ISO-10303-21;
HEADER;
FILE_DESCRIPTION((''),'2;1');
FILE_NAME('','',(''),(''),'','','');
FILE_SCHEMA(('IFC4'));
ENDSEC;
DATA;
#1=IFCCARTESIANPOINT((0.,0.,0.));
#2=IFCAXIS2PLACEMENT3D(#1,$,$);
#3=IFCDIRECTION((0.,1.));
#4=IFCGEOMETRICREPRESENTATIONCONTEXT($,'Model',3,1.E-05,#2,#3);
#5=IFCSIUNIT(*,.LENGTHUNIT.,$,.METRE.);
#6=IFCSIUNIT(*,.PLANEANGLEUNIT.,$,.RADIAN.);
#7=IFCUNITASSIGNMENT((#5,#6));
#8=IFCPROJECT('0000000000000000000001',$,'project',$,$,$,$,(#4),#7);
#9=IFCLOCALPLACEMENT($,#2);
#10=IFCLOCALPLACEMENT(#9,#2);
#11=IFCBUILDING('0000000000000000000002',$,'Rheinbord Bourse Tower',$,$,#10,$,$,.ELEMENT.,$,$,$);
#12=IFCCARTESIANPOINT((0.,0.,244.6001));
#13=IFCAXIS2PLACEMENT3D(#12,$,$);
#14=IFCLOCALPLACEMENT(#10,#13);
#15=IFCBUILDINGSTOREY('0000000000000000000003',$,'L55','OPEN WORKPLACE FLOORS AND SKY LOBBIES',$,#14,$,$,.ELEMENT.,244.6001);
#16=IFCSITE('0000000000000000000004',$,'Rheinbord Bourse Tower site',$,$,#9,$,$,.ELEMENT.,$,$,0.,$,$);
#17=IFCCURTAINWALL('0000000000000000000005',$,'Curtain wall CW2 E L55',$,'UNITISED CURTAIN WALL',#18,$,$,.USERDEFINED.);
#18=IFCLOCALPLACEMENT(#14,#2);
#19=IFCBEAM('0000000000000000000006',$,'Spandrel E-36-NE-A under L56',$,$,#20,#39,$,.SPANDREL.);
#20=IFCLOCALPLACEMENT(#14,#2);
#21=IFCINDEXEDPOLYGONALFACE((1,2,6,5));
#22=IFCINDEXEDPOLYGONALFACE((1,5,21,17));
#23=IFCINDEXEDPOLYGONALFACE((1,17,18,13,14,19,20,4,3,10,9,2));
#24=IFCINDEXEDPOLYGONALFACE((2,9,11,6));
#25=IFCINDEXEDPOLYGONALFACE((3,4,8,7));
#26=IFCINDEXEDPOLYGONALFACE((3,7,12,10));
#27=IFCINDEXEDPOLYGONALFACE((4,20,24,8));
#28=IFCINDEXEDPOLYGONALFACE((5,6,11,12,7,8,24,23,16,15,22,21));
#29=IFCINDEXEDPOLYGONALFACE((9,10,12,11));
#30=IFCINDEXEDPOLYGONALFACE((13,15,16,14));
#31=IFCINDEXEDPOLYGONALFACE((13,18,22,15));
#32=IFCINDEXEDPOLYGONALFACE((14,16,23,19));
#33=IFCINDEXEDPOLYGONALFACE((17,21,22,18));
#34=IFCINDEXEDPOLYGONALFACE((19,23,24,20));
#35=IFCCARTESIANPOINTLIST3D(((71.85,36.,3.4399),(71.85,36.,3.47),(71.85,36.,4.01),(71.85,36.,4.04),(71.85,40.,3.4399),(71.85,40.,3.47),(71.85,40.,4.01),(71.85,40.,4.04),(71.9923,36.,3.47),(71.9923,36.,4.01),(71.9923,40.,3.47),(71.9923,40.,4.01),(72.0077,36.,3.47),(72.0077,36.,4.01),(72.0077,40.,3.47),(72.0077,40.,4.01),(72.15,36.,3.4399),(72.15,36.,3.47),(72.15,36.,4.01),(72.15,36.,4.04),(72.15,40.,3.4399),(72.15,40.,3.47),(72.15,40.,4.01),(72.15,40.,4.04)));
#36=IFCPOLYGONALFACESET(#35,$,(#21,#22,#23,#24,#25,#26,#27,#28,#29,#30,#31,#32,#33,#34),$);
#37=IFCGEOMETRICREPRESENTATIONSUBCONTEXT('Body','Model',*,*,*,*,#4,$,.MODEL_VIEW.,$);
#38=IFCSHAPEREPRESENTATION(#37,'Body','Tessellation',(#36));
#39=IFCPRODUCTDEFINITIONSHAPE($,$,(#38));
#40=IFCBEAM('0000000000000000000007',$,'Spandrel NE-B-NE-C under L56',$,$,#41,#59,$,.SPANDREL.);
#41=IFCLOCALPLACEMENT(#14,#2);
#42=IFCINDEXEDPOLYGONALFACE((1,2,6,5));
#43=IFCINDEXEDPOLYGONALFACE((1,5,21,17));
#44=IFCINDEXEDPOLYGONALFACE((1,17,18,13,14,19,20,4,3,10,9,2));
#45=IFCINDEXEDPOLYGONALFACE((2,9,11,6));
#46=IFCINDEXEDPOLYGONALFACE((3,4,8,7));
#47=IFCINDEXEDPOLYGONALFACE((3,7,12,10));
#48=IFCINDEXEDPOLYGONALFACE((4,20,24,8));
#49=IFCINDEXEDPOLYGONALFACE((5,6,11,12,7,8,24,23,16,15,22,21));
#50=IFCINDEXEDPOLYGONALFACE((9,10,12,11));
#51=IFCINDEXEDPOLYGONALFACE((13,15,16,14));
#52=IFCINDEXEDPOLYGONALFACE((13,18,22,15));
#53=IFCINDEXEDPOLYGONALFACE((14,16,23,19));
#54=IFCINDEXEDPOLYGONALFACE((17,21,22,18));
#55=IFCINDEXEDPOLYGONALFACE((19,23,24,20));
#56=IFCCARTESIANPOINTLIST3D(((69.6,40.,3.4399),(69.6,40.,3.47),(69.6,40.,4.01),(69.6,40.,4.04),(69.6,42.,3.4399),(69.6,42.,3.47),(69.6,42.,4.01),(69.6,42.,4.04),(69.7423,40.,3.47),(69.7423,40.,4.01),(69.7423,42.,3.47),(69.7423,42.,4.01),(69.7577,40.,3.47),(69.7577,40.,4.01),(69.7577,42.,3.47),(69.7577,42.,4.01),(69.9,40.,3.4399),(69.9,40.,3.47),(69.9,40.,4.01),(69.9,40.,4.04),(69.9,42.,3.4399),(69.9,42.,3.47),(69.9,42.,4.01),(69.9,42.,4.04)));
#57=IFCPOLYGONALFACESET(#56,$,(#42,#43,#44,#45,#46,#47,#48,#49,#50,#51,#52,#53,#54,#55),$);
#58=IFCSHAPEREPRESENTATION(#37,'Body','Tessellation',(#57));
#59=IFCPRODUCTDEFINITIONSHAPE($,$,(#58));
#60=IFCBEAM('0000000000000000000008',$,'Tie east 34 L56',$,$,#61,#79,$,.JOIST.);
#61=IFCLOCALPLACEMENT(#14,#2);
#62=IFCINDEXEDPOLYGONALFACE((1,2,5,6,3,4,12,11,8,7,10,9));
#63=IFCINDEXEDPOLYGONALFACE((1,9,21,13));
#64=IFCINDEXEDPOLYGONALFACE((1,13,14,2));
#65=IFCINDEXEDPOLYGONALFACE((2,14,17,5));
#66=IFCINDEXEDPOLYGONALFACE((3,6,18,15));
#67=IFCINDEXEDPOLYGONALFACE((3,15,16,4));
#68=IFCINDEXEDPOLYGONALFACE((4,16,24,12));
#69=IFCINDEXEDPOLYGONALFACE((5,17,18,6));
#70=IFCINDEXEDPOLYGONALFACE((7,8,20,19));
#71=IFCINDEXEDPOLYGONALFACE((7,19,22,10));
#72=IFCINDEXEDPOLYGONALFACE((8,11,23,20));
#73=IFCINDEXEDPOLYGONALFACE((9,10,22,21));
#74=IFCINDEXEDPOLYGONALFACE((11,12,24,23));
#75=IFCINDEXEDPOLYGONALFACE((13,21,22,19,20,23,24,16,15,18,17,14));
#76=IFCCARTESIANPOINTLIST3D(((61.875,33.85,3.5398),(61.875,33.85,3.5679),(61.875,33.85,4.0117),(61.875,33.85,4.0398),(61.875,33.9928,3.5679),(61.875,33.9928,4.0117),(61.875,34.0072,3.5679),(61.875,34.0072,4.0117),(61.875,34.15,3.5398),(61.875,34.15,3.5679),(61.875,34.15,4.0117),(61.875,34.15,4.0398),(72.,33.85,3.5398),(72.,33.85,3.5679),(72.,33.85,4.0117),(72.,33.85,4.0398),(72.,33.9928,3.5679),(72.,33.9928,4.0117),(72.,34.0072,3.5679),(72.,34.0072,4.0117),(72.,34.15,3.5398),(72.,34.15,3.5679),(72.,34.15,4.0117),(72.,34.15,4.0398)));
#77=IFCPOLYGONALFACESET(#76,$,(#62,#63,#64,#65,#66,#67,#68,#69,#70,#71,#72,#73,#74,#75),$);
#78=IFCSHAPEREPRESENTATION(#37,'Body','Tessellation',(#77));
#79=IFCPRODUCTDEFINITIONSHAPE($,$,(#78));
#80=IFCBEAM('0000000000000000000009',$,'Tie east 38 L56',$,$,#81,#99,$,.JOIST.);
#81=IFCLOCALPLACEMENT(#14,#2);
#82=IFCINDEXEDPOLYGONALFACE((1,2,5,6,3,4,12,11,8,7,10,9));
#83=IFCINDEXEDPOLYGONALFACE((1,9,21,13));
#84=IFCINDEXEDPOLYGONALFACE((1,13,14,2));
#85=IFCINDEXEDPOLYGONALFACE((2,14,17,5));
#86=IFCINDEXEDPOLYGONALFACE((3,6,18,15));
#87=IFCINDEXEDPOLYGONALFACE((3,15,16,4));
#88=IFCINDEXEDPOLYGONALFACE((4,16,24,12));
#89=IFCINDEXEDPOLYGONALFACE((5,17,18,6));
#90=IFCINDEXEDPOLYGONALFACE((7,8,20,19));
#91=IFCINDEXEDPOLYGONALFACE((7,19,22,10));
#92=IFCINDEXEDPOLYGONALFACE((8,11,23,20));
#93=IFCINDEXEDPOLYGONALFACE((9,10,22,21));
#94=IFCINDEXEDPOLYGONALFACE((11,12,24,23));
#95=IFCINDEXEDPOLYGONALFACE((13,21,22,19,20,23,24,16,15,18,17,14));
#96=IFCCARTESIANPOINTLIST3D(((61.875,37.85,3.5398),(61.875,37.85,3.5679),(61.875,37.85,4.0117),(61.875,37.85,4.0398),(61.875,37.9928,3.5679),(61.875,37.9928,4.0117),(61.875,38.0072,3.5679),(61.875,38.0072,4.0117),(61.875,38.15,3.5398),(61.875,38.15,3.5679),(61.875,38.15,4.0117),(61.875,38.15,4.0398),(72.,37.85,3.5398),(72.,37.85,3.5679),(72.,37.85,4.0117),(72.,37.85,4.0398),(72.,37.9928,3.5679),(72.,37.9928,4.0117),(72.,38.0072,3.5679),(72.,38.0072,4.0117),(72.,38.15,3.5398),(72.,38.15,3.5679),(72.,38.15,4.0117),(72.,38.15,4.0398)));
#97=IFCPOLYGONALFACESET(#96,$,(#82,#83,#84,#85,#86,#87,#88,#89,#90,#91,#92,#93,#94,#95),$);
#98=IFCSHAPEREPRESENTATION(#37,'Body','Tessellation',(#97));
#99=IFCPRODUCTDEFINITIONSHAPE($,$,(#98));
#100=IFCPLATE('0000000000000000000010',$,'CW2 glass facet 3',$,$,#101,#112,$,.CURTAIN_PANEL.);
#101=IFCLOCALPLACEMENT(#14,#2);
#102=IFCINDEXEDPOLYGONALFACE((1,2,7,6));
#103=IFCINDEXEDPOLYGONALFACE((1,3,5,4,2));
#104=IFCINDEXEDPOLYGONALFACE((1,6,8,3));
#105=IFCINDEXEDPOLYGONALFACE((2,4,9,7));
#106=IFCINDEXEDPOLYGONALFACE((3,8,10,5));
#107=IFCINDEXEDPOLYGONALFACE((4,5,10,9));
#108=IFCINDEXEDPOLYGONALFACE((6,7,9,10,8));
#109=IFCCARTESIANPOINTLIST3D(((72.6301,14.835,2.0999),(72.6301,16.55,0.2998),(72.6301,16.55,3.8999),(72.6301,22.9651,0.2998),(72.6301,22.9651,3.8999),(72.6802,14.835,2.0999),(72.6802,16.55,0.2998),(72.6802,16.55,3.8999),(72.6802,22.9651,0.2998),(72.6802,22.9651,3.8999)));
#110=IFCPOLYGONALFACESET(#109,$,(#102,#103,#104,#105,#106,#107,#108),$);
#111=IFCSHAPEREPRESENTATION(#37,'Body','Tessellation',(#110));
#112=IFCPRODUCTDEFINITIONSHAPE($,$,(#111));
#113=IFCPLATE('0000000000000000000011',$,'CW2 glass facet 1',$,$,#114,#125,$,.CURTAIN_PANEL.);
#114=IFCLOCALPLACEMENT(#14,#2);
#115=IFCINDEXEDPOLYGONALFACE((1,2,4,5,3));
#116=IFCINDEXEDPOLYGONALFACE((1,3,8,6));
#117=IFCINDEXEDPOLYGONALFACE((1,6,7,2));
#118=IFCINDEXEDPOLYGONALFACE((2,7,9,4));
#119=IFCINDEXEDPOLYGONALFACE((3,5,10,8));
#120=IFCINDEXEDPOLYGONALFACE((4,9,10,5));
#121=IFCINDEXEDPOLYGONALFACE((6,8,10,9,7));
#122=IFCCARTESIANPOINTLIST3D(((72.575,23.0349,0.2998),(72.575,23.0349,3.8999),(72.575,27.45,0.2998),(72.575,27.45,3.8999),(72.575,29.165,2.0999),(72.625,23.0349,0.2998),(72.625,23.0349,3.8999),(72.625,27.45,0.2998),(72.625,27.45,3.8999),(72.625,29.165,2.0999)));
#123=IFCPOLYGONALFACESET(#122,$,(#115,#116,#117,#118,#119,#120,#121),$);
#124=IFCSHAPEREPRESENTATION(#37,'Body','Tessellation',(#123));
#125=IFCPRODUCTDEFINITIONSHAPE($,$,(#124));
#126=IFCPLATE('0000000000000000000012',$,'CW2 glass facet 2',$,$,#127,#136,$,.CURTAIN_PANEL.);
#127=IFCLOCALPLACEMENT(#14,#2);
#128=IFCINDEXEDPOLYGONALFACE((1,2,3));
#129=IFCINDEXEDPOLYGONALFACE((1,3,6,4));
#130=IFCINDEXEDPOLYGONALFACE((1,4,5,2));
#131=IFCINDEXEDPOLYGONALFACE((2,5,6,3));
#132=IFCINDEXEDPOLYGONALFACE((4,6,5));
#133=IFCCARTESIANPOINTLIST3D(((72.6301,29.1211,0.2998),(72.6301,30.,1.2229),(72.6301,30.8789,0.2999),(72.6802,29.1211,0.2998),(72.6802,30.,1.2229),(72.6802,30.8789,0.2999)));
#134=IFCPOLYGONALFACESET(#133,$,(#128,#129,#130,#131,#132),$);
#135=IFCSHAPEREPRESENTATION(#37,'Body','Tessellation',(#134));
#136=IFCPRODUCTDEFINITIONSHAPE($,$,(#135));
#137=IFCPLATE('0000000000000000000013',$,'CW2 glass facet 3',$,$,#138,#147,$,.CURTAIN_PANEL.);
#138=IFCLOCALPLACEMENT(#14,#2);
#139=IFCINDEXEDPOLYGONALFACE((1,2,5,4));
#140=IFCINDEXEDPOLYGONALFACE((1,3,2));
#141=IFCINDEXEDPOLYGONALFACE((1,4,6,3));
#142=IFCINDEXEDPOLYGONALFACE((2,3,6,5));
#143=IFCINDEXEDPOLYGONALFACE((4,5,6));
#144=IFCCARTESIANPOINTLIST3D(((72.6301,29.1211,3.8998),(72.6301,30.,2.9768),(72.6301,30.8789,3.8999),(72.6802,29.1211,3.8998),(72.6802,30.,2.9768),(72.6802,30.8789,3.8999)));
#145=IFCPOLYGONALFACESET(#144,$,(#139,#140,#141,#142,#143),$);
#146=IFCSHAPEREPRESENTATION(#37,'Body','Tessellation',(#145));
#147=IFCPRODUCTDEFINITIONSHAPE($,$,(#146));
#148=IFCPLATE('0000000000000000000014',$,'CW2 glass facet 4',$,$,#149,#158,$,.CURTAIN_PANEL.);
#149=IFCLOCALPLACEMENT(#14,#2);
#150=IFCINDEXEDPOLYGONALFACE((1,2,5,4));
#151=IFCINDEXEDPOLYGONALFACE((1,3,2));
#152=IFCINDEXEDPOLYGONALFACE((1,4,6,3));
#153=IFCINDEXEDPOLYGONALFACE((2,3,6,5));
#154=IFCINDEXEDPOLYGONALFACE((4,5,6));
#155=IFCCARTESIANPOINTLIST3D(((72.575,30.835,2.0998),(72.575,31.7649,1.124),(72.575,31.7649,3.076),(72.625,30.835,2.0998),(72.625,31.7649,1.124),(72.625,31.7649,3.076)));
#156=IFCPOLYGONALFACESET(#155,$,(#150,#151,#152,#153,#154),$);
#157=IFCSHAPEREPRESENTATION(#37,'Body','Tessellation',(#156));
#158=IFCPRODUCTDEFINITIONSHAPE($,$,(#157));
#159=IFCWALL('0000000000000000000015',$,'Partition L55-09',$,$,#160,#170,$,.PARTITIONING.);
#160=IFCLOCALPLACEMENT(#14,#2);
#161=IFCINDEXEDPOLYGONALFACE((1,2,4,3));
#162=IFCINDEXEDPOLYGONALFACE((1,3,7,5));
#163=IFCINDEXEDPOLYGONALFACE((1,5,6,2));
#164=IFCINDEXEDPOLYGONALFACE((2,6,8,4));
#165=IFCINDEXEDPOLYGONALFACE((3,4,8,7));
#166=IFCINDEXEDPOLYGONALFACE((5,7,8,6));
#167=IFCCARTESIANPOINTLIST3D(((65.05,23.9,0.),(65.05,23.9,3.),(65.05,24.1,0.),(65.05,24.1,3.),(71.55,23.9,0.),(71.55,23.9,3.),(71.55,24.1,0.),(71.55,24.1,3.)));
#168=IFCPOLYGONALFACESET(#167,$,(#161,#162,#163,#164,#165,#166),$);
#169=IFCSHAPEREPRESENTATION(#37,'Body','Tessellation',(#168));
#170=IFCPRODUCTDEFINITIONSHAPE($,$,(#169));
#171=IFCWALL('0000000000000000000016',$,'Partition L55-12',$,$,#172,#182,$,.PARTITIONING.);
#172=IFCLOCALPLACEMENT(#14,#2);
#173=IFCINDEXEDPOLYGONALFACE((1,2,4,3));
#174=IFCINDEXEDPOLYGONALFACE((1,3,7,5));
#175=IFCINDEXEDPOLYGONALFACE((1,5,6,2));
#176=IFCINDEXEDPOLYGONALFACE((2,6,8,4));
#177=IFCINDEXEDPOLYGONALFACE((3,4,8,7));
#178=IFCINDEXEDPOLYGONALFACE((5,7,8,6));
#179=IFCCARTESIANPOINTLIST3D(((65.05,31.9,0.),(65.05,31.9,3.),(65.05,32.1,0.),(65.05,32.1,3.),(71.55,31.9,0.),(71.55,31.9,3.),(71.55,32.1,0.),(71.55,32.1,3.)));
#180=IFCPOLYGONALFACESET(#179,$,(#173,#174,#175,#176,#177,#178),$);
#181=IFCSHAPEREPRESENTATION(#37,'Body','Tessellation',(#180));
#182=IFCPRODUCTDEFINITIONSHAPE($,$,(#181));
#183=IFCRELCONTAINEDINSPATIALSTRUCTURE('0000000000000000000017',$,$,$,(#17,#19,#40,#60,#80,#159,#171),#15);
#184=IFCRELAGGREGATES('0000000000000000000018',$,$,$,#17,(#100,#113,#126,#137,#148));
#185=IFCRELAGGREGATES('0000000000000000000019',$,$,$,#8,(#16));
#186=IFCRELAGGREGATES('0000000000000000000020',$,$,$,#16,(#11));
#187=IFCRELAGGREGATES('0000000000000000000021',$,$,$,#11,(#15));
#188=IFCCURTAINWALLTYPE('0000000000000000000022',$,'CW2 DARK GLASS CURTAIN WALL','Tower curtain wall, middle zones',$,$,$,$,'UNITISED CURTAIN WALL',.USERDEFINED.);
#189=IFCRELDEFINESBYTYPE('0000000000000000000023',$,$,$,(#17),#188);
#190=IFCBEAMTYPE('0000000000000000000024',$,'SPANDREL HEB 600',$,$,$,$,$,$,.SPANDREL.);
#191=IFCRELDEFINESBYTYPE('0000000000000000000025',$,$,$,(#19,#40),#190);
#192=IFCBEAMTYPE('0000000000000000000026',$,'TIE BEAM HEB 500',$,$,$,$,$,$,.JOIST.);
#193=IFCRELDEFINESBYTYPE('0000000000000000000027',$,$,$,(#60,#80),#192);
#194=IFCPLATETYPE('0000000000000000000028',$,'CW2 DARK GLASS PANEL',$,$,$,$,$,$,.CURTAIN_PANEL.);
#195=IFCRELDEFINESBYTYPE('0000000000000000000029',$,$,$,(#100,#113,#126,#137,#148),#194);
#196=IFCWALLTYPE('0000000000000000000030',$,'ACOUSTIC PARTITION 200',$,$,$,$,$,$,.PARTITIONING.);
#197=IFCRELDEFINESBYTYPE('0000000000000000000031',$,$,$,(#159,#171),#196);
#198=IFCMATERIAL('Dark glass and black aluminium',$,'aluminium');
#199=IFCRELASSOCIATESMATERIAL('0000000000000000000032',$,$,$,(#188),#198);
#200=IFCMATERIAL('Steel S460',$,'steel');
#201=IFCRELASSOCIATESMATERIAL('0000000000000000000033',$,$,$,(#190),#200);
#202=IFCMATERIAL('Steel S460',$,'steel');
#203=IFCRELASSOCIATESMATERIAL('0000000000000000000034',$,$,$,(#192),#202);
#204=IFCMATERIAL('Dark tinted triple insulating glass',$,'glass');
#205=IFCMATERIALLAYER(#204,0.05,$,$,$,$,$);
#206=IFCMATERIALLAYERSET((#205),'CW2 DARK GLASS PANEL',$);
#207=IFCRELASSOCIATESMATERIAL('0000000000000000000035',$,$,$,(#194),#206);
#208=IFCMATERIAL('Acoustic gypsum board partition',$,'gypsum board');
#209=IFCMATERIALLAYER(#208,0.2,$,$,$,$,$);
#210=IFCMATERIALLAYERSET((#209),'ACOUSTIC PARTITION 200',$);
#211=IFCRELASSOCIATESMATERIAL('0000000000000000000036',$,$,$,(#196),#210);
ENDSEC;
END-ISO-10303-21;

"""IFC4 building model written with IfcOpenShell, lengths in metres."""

from ifc_helpers import new_model, si_unit, direction, frame, frame_2d, origin, origin_2d, place, context, subcontext, project, spatial, polyline, rectangle, i_section, outline, extrude, material, layer, layer_set, material_profile, profile_set, type_object, element, aggregate, save


model = new_model("IFC4")

# Units and contexts
model_context = context("Model", 3, precision=1e-05, world=origin(), true_north=direction((0.0, 1.0)))
body_context = subcontext(model_context, "Body", "Model", "MODEL_VIEW")
ifc_project = project(units=[si_unit("LENGTHUNIT", "METRE"), si_unit("PLANEANGLEUNIT", "RADIAN")], contexts=[model_context])

# Site, building, storey
site_placement = place(None, origin())
site = spatial("IfcSite", under=ifc_project, at=site_placement, Name="Rheinbord Bourse Tower site", CompositionType="ELEMENT", RefElevation=0.0)
building_placement = place(site_placement, origin())
building = spatial("IfcBuilding", under=site, at=building_placement, Name="Rheinbord Bourse Tower", CompositionType="ELEMENT")
storey_placement = place(building_placement, frame((0.0, 0.0, 244.6001)))
storey = spatial("IfcBuildingStorey", under=building, at=storey_placement, Name="L55", Description="OPEN WORKPLACE FLOORS AND SKY LOBBIES", CompositionType="ELEMENT", Elevation=244.6001)

# Curtain wall
ifc_material_1 = material(Name="Dark glass and black aluminium", Category="aluminium")
curtain_wall_type = type_object("IfcCurtainWallType", Name="CW2 DARK GLASS CURTAIN WALL", Description="Tower curtain wall, middle zones", ElementType="UNITISED CURTAIN WALL", PredefinedType="USERDEFINED", material=ifc_material_1)
curtain_wall_placement = place(storey_placement, origin())
curtain_wall = element("IfcCurtainWall", 1, at=curtain_wall_placement, inside=storey, type_object=curtain_wall_type, Name="Curtain wall CW2 E L55", ObjectType="UNITISED CURTAIN WALL", PredefinedType="USERDEFINED")

# Beams
ifc_material_2 = material(Name="Steel S460", Category="steel")
ifc_material_profile_1 = material_profile(ifc_material_2, i_section(OverallWidth=0.3, OverallDepth=0.6001, WebThickness=0.0154, FlangeThickness=0.03, at=origin_2d()), Name="HEB 600")
ifc_profile_set_1 = profile_set([ifc_material_profile_1], Name="Steel S460")
beam_type_1 = type_object("IfcBeamType", Name="SPANDREL HEB 600", PredefinedType="SPANDREL", material=ifc_profile_set_1)
for number, where, z_axis, x_axis, name in (
    (2, (72.0, 36.0, 3.74), (0.0, 1.0, 0.0), (-1.0, 0.0, 0.0), "Spandrel E-36-NE-A under L56"),
):
    element("IfcBeam", number, at=place(storey_placement, frame(where, z_axis=z_axis, x_axis=x_axis)), inside=storey, type_object=beam_type_1, Name=name, PredefinedType="SPANDREL", context=body_context, shape_type="SweptSolid", body=[
        extrude(i_section(OverallWidth=0.3, OverallDepth=0.6001, WebThickness=0.0154, FlangeThickness=0.03, at=origin_2d()), origin(), (0.0, 0.0, 1.0), 4.0),
    ])
beam_placement = place(storey_placement, frame((69.75, 40.0, 3.74), z_axis=(0.0, 1.0, 0.0), x_axis=(-1.0, 0.0, 0.0)))
element("IfcBeam", 3, at=beam_placement, inside=storey, type_object=beam_type_1, Name="Spandrel NE-B-NE-C under L56", PredefinedType="SPANDREL", context=body_context, shape_type="SweptSolid", body=[
    extrude(i_section(OverallWidth=0.3, OverallDepth=0.6001, WebThickness=0.0154, FlangeThickness=0.03, at=origin_2d()), origin(), (0.0, 0.0, 1.0), 2.0),
])
ifc_material_3 = material(Name="Steel S460", Category="steel")
ifc_material_profile_2 = material_profile(ifc_material_3, i_section(OverallWidth=0.3, OverallDepth=0.5, WebThickness=0.0144, FlangeThickness=0.0281, at=origin_2d()), Name="HEB 500")
ifc_profile_set_2 = profile_set([ifc_material_profile_2], Name="Steel S460")
beam_type_2 = type_object("IfcBeamType", Name="TIE BEAM HEB 500", PredefinedType="JOIST", material=ifc_profile_set_2)
for number, where, z_axis, x_axis, name in (
    (4, (61.875, 34.0, 3.7898), (1.0, 0.0, 0.0), (0.0, 1.0, 0.0), "Tie east 34 L56"),
    (5, (61.875, 38.0, 3.7898), (1.0, 0.0, 0.0), (0.0, 1.0, 0.0), "Tie east 38 L56"),
):
    element("IfcBeam", number, at=place(storey_placement, frame(where, z_axis=z_axis, x_axis=x_axis)), inside=storey, type_object=beam_type_2, Name=name, PredefinedType="JOIST", context=body_context, shape_type="SweptSolid", body=[
        extrude(i_section(OverallWidth=0.3, OverallDepth=0.5, WebThickness=0.0144, FlangeThickness=0.0281, at=origin_2d()), origin(), (0.0, 0.0, 1.0), 10.125),
    ])

# Plates
ifc_material_4 = material(Name="Dark tinted triple insulating glass", Category="glass")
ifc_layer_1 = layer(ifc_material_4, 0.05)
ifc_layer_set_1 = layer_set([ifc_layer_1], Name="CW2 DARK GLASS PANEL")
plate_type = type_object("IfcPlateType", Name="CW2 DARK GLASS PANEL", PredefinedType="CURTAIN_PANEL", material=ifc_layer_set_1)
plate_1_placement = place(storey_placement, frame((72.6802, 22.9651, 3.8999), z_axis=(-1.0, 0.0, 0.0), x_axis=(0.0, 0.0, -1.0)))
plate_1 = element("IfcPlate", 6, at=plate_1_placement, type_object=plate_type, Name="CW2 glass facet 3", PredefinedType="CURTAIN_PANEL", context=body_context, shape_type="SweptSolid", body=[
    extrude(outline(polyline([(0.0, 0.0), (3.6001, 0.0), (3.6001, 6.415), (1.8, 8.1301), (0.0, 6.415), (0.0, 0.0)])), origin(), (0.0, 0.0, 1.0), 0.05),
])
plate_2_placement = place(storey_placement, frame((72.625, 23.0349, 0.2998), z_axis=(-1.0, 0.0, 0.0), x_axis=(0.0, 0.0, 1.0)))
plate_2 = element("IfcPlate", 7, at=plate_2_placement, type_object=plate_type, Name="CW2 glass facet 1", PredefinedType="CURTAIN_PANEL", context=body_context, shape_type="SweptSolid", body=[
    extrude(outline(polyline([(0.0, 0.0), (3.6001, 0.0), (3.6001, 4.415), (1.8, 6.1301), (0.0, 4.415), (0.0, 0.0)])), origin(), (0.0, 0.0, 1.0), 0.05),
])
plate_3_placement = place(storey_placement, frame((72.6802, 29.1211, 0.2998), z_axis=(-1.0, 0.0, 0.0), x_axis=(0.0, 0.68956, 0.724229)))
plate_3 = element("IfcPlate", 8, at=plate_3_placement, type_object=plate_type, Name="CW2 glass facet 2", PredefinedType="CURTAIN_PANEL", context=body_context, shape_type="SweptSolid", body=[
    extrude(outline(polyline([(0.0, 0.0), (1.2747, 0.0), (1.2122, 1.2729), (0.0, 0.0)])), origin(), (0.0, 0.0, 1.0), 0.05),
])
plate_4_placement = place(storey_placement, frame((72.6802, 30.8789, 3.8999), z_axis=(-1.0, 0.0, 0.0), x_axis=(0.0, -0.68956, -0.724229)))
plate_4 = element("IfcPlate", 9, at=plate_4_placement, type_object=plate_type, Name="CW2 glass facet 3", PredefinedType="CURTAIN_PANEL", context=body_context, shape_type="SweptSolid", body=[
    extrude(outline(polyline([(0.0, 0.0), (1.2747, 0.0), (1.2122, 1.2729), (0.0, 0.0)])), origin(), (0.0, 0.0, 1.0), 0.05),
])
plate_5_placement = place(storey_placement, frame((72.625, 31.7649, 1.124), z_axis=(-1.0, 0.0, 0.0), x_axis=(0.0, -0.689877, 0.723927)))
plate_5 = element("IfcPlate", 10, at=plate_5_placement, type_object=plate_type, Name="CW2 glass facet 4", PredefinedType="CURTAIN_PANEL", context=body_context, shape_type="SweptSolid", body=[
    extrude(outline(polyline([(0.0, 0.0), (1.3479, 0.0), (1.4131, 1.3467), (0.0, 0.0)])), origin(), (0.0, 0.0, 1.0), 0.05),
])
aggregate(curtain_wall, [plate_1, plate_2, plate_3, plate_4, plate_5])

# Walls
ifc_material_5 = material(Name="Acoustic gypsum board partition", Category="gypsum board")
ifc_layer_2 = layer(ifc_material_5, 0.2)
ifc_layer_set_2 = layer_set([ifc_layer_2], Name="ACOUSTIC PARTITION 200")
wall_type_1 = type_object("IfcWallType", Name="ACOUSTIC PARTITION 200", PredefinedType="PARTITIONING", material=ifc_layer_set_2)
for number, where, z_axis, x_axis, name in (
    (11, (65.05, 24.0, 0.0), (0.0, 0.0, 1.0), (1.0, 0.0, 0.0), "Partition L55-09"),
    (12, (65.05, 32.0, 0.0), (0.0, 0.0, 1.0), (1.0, 0.0, 0.0), "Partition L55-12"),
):
    element("IfcWall", number, at=place(storey_placement, frame(where, z_axis=z_axis, x_axis=x_axis)), inside=storey, type_object=wall_type_1, Name=name, PredefinedType="PARTITIONING", context=body_context, shape_type="SweptSolid", body=[
        extrude(rectangle(XDim=6.5, YDim=0.2, at=frame_2d((3.25, 0.0))), origin(), (0.0, 0.0, 1.0), 3.0),
    ])

save(model, "model.ifc")
